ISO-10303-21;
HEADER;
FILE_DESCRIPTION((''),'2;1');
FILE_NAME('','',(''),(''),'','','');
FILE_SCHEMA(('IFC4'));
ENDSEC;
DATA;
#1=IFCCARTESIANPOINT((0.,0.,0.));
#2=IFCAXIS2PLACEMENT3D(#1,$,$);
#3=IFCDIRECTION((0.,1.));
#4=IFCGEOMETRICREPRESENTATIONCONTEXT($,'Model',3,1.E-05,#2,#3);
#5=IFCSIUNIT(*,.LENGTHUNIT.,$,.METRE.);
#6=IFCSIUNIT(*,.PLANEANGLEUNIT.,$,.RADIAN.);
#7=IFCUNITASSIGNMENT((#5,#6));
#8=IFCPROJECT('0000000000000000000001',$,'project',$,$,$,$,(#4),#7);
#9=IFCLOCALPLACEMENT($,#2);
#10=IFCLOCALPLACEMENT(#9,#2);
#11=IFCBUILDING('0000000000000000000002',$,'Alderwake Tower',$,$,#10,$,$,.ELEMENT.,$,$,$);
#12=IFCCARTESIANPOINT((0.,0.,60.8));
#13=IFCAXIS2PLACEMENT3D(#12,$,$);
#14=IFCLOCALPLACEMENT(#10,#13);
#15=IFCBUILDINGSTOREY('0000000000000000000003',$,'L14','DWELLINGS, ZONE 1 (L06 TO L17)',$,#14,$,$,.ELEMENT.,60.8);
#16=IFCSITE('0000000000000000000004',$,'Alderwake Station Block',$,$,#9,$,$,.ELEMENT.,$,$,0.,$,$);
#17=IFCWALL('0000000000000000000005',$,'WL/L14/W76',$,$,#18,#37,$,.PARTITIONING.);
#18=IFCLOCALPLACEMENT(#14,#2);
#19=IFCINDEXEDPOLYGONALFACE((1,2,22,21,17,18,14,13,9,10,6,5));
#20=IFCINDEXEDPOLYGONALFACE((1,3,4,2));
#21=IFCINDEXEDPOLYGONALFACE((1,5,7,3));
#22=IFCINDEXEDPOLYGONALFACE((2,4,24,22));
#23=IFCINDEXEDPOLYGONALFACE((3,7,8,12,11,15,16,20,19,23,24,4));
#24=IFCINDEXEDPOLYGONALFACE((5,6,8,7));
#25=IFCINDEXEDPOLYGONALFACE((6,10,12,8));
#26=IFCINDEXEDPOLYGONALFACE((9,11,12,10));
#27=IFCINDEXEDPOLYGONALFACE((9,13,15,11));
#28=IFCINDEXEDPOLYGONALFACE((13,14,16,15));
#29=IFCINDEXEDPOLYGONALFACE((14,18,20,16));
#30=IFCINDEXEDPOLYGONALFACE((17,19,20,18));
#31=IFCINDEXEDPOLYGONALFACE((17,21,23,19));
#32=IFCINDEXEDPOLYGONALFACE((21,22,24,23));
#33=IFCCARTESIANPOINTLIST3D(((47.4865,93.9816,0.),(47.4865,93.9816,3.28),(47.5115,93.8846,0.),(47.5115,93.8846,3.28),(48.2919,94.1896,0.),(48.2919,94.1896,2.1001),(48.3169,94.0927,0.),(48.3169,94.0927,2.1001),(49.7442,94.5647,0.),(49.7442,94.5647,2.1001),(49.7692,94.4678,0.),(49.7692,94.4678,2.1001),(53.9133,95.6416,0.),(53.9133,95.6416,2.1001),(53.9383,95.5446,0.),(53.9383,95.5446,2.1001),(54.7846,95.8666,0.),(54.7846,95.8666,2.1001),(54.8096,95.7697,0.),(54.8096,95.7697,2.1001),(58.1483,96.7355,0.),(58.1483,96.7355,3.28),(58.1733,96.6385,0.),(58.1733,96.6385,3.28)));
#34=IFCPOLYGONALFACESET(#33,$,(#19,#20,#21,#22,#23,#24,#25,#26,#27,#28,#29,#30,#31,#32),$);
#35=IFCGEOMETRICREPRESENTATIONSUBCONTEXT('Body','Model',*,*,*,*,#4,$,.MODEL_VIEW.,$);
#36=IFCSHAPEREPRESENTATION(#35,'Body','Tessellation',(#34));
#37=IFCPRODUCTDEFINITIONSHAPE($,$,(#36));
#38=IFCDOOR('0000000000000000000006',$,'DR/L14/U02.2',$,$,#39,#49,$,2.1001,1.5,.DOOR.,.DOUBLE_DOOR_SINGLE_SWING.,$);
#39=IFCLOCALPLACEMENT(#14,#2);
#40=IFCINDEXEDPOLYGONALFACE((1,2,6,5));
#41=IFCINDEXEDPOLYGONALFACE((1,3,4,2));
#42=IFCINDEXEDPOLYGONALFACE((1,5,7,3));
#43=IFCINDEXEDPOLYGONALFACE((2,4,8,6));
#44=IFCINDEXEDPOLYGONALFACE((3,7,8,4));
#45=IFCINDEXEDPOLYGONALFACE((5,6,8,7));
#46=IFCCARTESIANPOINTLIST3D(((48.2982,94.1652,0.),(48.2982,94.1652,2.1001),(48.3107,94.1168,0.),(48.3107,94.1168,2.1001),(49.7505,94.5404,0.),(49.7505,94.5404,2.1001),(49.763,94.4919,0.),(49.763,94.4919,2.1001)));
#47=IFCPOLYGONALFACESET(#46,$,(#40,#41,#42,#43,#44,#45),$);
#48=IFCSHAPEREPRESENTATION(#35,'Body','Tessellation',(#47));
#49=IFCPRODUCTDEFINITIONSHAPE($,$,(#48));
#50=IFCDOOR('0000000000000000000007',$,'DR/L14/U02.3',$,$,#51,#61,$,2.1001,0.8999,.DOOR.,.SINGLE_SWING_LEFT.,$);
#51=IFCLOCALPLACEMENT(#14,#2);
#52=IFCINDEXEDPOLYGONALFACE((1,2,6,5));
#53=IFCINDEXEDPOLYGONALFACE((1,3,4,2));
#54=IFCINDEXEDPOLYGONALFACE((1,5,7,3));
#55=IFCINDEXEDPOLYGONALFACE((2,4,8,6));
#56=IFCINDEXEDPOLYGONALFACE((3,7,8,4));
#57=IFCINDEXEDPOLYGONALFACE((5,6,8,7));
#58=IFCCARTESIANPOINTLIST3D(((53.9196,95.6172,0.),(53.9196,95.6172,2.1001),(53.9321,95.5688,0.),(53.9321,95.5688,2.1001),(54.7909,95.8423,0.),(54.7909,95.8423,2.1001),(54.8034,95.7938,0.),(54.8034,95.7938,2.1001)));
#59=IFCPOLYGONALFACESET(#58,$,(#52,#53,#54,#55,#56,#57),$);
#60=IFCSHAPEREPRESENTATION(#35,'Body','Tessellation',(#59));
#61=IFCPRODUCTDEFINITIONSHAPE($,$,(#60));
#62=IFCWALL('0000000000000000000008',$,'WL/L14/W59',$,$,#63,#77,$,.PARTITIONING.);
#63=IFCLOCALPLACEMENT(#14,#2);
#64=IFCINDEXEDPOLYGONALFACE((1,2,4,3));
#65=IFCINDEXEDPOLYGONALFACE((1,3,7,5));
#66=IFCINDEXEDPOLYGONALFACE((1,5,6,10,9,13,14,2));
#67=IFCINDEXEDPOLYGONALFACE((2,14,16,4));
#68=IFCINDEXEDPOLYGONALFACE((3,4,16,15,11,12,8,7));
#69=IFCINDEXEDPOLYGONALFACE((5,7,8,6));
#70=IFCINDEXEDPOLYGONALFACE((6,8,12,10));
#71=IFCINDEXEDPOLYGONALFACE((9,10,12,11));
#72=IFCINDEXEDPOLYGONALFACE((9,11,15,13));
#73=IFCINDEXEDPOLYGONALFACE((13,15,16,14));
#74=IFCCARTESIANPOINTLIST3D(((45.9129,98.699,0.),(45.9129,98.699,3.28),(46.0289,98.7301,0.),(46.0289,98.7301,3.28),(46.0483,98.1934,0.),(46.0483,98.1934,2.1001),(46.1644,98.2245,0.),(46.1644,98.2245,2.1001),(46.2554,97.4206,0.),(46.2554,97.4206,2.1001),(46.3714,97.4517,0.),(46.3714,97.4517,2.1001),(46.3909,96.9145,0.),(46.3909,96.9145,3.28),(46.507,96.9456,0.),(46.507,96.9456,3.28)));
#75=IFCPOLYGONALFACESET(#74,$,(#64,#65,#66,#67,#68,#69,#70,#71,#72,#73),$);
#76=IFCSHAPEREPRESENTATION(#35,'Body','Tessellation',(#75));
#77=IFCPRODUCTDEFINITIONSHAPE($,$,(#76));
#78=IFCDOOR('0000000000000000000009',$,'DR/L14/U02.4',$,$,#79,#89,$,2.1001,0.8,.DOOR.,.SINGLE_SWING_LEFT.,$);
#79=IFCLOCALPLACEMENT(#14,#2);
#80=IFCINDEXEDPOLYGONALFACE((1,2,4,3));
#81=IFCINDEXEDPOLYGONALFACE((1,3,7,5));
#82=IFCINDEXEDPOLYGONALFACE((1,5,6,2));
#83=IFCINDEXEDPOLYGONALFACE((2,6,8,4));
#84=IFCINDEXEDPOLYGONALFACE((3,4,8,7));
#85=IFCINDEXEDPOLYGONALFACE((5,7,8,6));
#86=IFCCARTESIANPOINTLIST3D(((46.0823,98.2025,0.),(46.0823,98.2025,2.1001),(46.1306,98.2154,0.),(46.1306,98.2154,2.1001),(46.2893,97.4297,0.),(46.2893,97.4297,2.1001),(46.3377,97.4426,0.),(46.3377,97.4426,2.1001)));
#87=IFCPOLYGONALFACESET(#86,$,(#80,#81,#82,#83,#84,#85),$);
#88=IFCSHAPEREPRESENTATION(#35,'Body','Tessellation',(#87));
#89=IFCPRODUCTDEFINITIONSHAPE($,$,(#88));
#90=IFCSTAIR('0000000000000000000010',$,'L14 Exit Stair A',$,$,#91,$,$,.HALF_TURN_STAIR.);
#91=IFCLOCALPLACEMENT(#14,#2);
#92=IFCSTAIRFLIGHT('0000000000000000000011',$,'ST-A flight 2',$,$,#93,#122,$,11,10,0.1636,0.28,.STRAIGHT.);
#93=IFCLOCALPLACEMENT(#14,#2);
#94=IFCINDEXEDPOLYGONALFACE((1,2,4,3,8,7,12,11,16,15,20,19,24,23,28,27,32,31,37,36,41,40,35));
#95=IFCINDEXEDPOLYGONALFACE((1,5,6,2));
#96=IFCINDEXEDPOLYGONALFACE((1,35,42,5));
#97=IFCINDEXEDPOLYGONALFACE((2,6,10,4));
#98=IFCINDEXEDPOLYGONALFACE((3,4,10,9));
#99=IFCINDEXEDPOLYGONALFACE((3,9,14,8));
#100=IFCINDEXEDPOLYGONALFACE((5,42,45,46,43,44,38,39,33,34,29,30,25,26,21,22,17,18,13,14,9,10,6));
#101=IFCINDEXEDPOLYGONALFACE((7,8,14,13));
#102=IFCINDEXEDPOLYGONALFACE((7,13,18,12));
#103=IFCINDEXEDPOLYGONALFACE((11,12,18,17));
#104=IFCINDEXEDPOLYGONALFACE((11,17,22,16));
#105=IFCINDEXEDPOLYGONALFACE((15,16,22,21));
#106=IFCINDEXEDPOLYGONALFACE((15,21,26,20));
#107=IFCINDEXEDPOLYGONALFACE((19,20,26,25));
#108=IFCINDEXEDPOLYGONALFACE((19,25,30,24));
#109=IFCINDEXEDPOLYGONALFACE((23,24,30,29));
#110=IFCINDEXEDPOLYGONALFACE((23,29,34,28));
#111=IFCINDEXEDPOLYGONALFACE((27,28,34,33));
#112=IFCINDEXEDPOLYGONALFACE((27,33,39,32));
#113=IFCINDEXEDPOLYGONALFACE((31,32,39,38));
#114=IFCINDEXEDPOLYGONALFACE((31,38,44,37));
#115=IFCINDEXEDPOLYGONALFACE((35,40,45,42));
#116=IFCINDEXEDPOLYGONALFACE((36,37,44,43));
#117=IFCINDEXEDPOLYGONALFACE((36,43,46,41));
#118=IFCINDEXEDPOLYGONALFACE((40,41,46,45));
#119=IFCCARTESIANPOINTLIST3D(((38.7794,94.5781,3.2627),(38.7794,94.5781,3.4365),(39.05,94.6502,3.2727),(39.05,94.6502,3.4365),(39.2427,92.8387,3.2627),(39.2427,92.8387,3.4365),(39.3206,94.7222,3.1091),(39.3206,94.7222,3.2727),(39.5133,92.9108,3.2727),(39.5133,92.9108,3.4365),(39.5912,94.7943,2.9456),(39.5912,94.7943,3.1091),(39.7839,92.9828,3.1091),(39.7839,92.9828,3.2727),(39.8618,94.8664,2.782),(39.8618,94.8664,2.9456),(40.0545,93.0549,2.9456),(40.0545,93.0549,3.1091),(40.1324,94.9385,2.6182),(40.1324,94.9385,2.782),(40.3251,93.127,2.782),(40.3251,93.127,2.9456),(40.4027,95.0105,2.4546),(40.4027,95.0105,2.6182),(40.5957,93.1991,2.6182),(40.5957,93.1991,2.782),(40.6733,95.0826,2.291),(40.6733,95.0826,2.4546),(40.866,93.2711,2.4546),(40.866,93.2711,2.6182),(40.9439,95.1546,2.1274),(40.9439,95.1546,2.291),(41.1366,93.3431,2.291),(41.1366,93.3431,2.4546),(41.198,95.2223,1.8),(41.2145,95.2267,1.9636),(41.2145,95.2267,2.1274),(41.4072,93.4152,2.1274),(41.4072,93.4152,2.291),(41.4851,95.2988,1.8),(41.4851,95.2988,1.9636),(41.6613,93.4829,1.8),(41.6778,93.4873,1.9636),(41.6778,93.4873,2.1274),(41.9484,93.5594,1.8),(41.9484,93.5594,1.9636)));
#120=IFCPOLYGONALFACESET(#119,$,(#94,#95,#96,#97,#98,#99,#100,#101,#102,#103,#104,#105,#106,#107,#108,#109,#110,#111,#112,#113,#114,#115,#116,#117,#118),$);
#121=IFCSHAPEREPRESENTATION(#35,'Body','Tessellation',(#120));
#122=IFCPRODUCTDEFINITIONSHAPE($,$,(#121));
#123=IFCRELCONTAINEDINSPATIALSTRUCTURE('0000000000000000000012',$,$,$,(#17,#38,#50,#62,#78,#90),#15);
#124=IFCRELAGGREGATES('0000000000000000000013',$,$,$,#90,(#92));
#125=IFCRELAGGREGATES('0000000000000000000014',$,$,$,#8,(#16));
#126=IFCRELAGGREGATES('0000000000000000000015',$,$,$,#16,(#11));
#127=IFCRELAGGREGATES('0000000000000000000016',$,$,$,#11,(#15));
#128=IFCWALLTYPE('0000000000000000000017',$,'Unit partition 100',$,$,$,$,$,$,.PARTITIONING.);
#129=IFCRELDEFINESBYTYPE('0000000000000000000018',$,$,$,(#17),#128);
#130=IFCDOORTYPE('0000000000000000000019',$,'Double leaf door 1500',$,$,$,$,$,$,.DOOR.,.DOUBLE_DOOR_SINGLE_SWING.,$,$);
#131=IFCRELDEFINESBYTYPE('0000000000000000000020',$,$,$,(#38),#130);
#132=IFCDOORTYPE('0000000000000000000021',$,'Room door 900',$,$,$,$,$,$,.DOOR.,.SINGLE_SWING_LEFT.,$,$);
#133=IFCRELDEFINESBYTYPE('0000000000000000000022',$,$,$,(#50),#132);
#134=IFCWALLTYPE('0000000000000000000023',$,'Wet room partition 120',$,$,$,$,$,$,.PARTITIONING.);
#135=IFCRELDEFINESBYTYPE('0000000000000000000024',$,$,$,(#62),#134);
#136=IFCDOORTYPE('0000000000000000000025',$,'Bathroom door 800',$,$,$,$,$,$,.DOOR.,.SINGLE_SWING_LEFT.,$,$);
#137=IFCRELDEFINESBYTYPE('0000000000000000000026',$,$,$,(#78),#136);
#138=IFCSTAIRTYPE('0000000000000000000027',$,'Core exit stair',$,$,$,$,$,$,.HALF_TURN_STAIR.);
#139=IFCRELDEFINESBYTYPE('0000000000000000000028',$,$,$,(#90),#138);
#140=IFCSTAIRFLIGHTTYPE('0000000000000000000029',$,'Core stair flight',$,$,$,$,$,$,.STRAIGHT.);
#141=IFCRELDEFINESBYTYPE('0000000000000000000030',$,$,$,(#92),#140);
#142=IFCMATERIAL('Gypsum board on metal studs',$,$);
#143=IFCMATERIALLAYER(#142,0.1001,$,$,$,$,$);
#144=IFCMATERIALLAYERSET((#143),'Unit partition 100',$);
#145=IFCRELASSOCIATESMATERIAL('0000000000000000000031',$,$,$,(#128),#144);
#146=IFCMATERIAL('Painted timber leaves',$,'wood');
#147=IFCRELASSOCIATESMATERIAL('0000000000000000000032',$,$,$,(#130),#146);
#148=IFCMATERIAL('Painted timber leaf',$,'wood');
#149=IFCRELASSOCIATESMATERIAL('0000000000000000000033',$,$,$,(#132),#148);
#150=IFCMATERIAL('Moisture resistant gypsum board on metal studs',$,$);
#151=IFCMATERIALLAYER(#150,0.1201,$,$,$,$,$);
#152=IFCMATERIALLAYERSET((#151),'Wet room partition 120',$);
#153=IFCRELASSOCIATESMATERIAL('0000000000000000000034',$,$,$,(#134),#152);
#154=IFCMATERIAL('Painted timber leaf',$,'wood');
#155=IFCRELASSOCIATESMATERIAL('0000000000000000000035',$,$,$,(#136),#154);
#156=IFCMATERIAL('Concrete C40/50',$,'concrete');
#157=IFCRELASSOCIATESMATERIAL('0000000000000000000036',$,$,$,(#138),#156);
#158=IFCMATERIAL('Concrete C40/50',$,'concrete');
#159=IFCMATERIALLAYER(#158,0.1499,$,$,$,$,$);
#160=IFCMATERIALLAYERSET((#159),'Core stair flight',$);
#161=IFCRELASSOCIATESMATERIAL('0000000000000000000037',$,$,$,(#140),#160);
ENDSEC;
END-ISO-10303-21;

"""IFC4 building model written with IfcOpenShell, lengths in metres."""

from ifc_helpers import new_model, si_unit, direction, frame, frame_2d, origin, place, context, subcontext, project, spatial, polyline, rectangle, outline, extrude, material, layer, layer_set, type_object, element, fill, aggregate, save


model = new_model("IFC4")

# Units and contexts
model_context = context("Model", 3, precision=1e-05, world=origin(), true_north=direction((0.0, 1.0)))
body_context = subcontext(model_context, "Body", "Model", "MODEL_VIEW")
ifc_project = project(units=[si_unit("LENGTHUNIT", "METRE"), si_unit("PLANEANGLEUNIT", "RADIAN")], contexts=[model_context])

# Site, building, storey
site_placement = place(None, origin())
site = spatial("IfcSite", under=ifc_project, at=site_placement, Name="Alderwake Station Block", CompositionType="ELEMENT", RefElevation=0.0)
building_placement = place(site_placement, origin())
building = spatial("IfcBuilding", under=site, at=building_placement, Name="Alderwake Tower", CompositionType="ELEMENT")
storey_placement = place(building_placement, frame((0.0, 0.0, 60.8)))
storey = spatial("IfcBuildingStorey", under=building, at=storey_placement, Name="L14", Description="DWELLINGS, ZONE 1 (L06 TO L17)", CompositionType="ELEMENT", Elevation=60.8)

# Wall, openings, doors
ifc_material_1 = material(Name="Gypsum board on metal studs")
ifc_layer_1 = layer(ifc_material_1, 0.1001)
ifc_layer_set_1 = layer_set([ifc_layer_1], Name="Unit partition 100")
wall_type_1 = type_object("IfcWallType", Name="Unit partition 100", PredefinedType="PARTITIONING", material=ifc_layer_set_1)
wall_1_placement = place(storey_placement, frame((47.499, 93.9331, 0.0), z_axis=(0.0, 0.0, 1.0), x_axis=(0.968223, 0.250087, 0.0)))
wall_1 = element("IfcWall", 1, at=wall_1_placement, inside=storey, type_object=wall_type_1, Name="WL/L14/W76", PredefinedType="PARTITIONING", context=body_context, shape_type="SweptSolid", body=[
    extrude(rectangle(XDim=11.0117, YDim=0.1001, at=frame_2d((5.5059, 0.0))), origin(), (0.0, 0.0, 1.0), 3.28),
])
opening_1_placement = place(wall_1_placement, frame((0.8318, 0.0, 0.0)))
opening_1 = element("IfcOpeningElement", 2, at=opening_1_placement, cuts=wall_1, PredefinedType="OPENING", context=body_context, shape_type="SweptSolid", body=[
    extrude(rectangle(XDim=1.5, YDim=2.1001, at=frame_2d((0.75, 1.05))), frame((0.0, 0.0601, 0.0), z_axis=(0.0, -1.0, 0.0), x_axis=(1.0, 0.0, 0.0)), (0.0, 0.0, 1.0), 0.1201),
])
opening_2_placement = place(wall_1_placement, frame((6.6377, 0.0, 0.0)))
opening_2 = element("IfcOpeningElement", 3, at=opening_2_placement, cuts=wall_1, PredefinedType="OPENING", context=body_context, shape_type="SweptSolid", body=[
    extrude(rectangle(XDim=0.8999, YDim=2.1001, at=frame_2d((0.45, 1.05))), frame((0.0, 0.0601, 0.0), z_axis=(0.0, -1.0, 0.0), x_axis=(1.0, 0.0, 0.0)), (0.0, 0.0, 1.0), 0.1201),
])
ifc_material_2 = material(Name="Painted timber leaves", Category="wood")
door_type_1 = type_object("IfcDoorType", Name="Double leaf door 1500", OperationType="DOUBLE_DOOR_SINGLE_SWING", PredefinedType="DOOR", material=ifc_material_2)
door_1_placement = place(opening_1_placement, origin())
door_1 = element("IfcDoor", 4, at=door_1_placement, inside=storey, type_object=door_type_1, Name="DR/L14/U02.2", OperationType="DOUBLE_DOOR_SINGLE_SWING", OverallHeight=2.1001, OverallWidth=1.5, PredefinedType="DOOR", context=body_context, shape_type="SweptSolid", body=[
    extrude(rectangle(XDim=1.5, YDim=2.1001, at=frame_2d((0.75, 1.05))), frame((0.0, 0.0249, 0.0), z_axis=(0.0, -1.0, 0.0), x_axis=(1.0, 0.0, 0.0)), (0.0, 0.0, 1.0), 0.05),
])
fill(opening_1, door_1)
ifc_material_3 = material(Name="Painted timber leaf", Category="wood")
door_type_2 = type_object("IfcDoorType", Name="Room door 900", OperationType="SINGLE_SWING_LEFT", PredefinedType="DOOR", material=ifc_material_3)
door_2_placement = place(opening_2_placement, origin())
door_2 = element("IfcDoor", 5, at=door_2_placement, inside=storey, type_object=door_type_2, Name="DR/L14/U02.3", OperationType="SINGLE_SWING_LEFT", OverallHeight=2.1001, OverallWidth=0.8999, PredefinedType="DOOR", context=body_context, shape_type="SweptSolid", body=[
    extrude(rectangle(XDim=0.8999, YDim=2.1001, at=frame_2d((0.45, 1.05))), frame((0.0, 0.0249, 0.0), z_axis=(0.0, -1.0, 0.0), x_axis=(1.0, 0.0, 0.0)), (0.0, 0.0, 1.0), 0.05),
])
fill(opening_2, door_2)

# Wall, opening, door
ifc_material_4 = material(Name="Moisture resistant gypsum board on metal studs")
ifc_layer_2 = layer(ifc_material_4, 0.1201)
ifc_layer_set_2 = layer_set([ifc_layer_2], Name="Wet room partition 120")
wall_type_2 = type_object("IfcWallType", Name="Wet room partition 120", PredefinedType="PARTITIONING", material=ifc_layer_set_2)
wall_2_placement = place(storey_placement, frame((46.449, 96.9299, 0.0), z_axis=(0.0, 0.0, 1.0), x_axis=(-0.258765, 0.96594, 0.0)))
wall_2 = element("IfcWall", 6, at=wall_2_placement, inside=storey, type_object=wall_type_2, Name="WL/L14/W59", PredefinedType="PARTITIONING", context=body_context, shape_type="SweptSolid", body=[
    extrude(rectangle(XDim=1.8474, YDim=0.1201, at=frame_2d((0.9238, 0.0))), origin(), (0.0, 0.0, 1.0), 3.28),
])
opening_3_placement = place(wall_2_placement, frame((0.5242, 0.0, 0.0)))
opening_3 = element("IfcOpeningElement", 7, at=opening_3_placement, cuts=wall_2, PredefinedType="OPENING", context=body_context, shape_type="SweptSolid", body=[
    extrude(rectangle(XDim=0.8, YDim=2.1001, at=frame_2d((0.3999, 1.05))), frame((0.0, 0.0701, 0.0), z_axis=(0.0, -1.0, 0.0), x_axis=(1.0, 0.0, 0.0)), (0.0, 0.0, 1.0), 0.1401),
])
ifc_material_5 = material(Name="Painted timber leaf", Category="wood")
door_type_3 = type_object("IfcDoorType", Name="Bathroom door 800", OperationType="SINGLE_SWING_LEFT", PredefinedType="DOOR", material=ifc_material_5)
door_3_placement = place(opening_3_placement, origin())
door_3 = element("IfcDoor", 8, at=door_3_placement, inside=storey, type_object=door_type_3, Name="DR/L14/U02.4", OperationType="SINGLE_SWING_LEFT", OverallHeight=2.1001, OverallWidth=0.8, PredefinedType="DOOR", context=body_context, shape_type="SweptSolid", body=[
    extrude(rectangle(XDim=0.8, YDim=2.1001, at=frame_2d((0.3999, 1.05))), frame((0.0, 0.0249, 0.0), z_axis=(0.0, -1.0, 0.0), x_axis=(1.0, 0.0, 0.0)), (0.0, 0.0, 1.0), 0.05),
])
fill(opening_3, door_3)

# Stair, stair flight
ifc_material_6 = material(Name="Concrete C40/50", Category="concrete")
stair_type = type_object("IfcStairType", Name="Core exit stair", PredefinedType="HALF_TURN_STAIR", material=ifc_material_6)
stair_placement = place(storey_placement, origin())
stair = element("IfcStair", 9, at=stair_placement, inside=storey, type_object=stair_type, Name="L14 Exit Stair A", PredefinedType="HALF_TURN_STAIR")
ifc_material_7 = material(Name="Concrete C40/50", Category="concrete")
ifc_layer_3 = layer(ifc_material_7, 0.1499)
ifc_layer_set_3 = layer_set([ifc_layer_3], Name="Core stair flight")
stair_flight_type = type_object("IfcStairFlightType", Name="Core stair flight", PredefinedType="STRAIGHT", material=ifc_layer_set_3)
stair_flight_placement = place(storey_placement, frame((41.7168, 94.429, 1.8), z_axis=(0.0, 0.0, 1.0), x_axis=(-0.96631, -0.257382, 0.0)))
stair_flight = element("IfcStairFlight", 10, at=stair_flight_placement, type_object=stair_flight_type, Name="ST-A flight 2", NumberOfRisers=11, NumberOfTreads=10, PredefinedType="STRAIGHT", RiserHeight=0.1636, TreadLength=0.28, context=body_context, shape_type="SweptSolid", body=[
    extrude(outline(polyline([(0.0, 0.0), (0.0, 0.1636), (0.28, 0.1636), (0.28, 0.3274), (0.5601, 0.3274), (0.5601, 0.491), (0.8401, 0.491), (0.8401, 0.6545), (1.1201, 0.6545), (1.1201, 0.8181), (1.3999, 0.8181), (1.3999, 0.9819), (1.6799, 0.9819), (1.6799, 1.1455), (1.96, 1.1455), (1.96, 1.3091), (2.24, 1.3091), (2.24, 1.4727), (2.52, 1.4727), (2.52, 1.6365), (2.8, 1.6365), (2.8, 1.8), (2.8, 1.4626), (0.2971, 0.0), (0.0, 0.0)])), frame((0.0, 0.8999, 0.0), z_axis=(0.0, -1.0, 0.0), x_axis=(1.0, 0.0, 0.0)), (0.0, 0.0, 1.0), 1.8),
])
aggregate(stair, [stair_flight])

save(model, "model.ifc")
